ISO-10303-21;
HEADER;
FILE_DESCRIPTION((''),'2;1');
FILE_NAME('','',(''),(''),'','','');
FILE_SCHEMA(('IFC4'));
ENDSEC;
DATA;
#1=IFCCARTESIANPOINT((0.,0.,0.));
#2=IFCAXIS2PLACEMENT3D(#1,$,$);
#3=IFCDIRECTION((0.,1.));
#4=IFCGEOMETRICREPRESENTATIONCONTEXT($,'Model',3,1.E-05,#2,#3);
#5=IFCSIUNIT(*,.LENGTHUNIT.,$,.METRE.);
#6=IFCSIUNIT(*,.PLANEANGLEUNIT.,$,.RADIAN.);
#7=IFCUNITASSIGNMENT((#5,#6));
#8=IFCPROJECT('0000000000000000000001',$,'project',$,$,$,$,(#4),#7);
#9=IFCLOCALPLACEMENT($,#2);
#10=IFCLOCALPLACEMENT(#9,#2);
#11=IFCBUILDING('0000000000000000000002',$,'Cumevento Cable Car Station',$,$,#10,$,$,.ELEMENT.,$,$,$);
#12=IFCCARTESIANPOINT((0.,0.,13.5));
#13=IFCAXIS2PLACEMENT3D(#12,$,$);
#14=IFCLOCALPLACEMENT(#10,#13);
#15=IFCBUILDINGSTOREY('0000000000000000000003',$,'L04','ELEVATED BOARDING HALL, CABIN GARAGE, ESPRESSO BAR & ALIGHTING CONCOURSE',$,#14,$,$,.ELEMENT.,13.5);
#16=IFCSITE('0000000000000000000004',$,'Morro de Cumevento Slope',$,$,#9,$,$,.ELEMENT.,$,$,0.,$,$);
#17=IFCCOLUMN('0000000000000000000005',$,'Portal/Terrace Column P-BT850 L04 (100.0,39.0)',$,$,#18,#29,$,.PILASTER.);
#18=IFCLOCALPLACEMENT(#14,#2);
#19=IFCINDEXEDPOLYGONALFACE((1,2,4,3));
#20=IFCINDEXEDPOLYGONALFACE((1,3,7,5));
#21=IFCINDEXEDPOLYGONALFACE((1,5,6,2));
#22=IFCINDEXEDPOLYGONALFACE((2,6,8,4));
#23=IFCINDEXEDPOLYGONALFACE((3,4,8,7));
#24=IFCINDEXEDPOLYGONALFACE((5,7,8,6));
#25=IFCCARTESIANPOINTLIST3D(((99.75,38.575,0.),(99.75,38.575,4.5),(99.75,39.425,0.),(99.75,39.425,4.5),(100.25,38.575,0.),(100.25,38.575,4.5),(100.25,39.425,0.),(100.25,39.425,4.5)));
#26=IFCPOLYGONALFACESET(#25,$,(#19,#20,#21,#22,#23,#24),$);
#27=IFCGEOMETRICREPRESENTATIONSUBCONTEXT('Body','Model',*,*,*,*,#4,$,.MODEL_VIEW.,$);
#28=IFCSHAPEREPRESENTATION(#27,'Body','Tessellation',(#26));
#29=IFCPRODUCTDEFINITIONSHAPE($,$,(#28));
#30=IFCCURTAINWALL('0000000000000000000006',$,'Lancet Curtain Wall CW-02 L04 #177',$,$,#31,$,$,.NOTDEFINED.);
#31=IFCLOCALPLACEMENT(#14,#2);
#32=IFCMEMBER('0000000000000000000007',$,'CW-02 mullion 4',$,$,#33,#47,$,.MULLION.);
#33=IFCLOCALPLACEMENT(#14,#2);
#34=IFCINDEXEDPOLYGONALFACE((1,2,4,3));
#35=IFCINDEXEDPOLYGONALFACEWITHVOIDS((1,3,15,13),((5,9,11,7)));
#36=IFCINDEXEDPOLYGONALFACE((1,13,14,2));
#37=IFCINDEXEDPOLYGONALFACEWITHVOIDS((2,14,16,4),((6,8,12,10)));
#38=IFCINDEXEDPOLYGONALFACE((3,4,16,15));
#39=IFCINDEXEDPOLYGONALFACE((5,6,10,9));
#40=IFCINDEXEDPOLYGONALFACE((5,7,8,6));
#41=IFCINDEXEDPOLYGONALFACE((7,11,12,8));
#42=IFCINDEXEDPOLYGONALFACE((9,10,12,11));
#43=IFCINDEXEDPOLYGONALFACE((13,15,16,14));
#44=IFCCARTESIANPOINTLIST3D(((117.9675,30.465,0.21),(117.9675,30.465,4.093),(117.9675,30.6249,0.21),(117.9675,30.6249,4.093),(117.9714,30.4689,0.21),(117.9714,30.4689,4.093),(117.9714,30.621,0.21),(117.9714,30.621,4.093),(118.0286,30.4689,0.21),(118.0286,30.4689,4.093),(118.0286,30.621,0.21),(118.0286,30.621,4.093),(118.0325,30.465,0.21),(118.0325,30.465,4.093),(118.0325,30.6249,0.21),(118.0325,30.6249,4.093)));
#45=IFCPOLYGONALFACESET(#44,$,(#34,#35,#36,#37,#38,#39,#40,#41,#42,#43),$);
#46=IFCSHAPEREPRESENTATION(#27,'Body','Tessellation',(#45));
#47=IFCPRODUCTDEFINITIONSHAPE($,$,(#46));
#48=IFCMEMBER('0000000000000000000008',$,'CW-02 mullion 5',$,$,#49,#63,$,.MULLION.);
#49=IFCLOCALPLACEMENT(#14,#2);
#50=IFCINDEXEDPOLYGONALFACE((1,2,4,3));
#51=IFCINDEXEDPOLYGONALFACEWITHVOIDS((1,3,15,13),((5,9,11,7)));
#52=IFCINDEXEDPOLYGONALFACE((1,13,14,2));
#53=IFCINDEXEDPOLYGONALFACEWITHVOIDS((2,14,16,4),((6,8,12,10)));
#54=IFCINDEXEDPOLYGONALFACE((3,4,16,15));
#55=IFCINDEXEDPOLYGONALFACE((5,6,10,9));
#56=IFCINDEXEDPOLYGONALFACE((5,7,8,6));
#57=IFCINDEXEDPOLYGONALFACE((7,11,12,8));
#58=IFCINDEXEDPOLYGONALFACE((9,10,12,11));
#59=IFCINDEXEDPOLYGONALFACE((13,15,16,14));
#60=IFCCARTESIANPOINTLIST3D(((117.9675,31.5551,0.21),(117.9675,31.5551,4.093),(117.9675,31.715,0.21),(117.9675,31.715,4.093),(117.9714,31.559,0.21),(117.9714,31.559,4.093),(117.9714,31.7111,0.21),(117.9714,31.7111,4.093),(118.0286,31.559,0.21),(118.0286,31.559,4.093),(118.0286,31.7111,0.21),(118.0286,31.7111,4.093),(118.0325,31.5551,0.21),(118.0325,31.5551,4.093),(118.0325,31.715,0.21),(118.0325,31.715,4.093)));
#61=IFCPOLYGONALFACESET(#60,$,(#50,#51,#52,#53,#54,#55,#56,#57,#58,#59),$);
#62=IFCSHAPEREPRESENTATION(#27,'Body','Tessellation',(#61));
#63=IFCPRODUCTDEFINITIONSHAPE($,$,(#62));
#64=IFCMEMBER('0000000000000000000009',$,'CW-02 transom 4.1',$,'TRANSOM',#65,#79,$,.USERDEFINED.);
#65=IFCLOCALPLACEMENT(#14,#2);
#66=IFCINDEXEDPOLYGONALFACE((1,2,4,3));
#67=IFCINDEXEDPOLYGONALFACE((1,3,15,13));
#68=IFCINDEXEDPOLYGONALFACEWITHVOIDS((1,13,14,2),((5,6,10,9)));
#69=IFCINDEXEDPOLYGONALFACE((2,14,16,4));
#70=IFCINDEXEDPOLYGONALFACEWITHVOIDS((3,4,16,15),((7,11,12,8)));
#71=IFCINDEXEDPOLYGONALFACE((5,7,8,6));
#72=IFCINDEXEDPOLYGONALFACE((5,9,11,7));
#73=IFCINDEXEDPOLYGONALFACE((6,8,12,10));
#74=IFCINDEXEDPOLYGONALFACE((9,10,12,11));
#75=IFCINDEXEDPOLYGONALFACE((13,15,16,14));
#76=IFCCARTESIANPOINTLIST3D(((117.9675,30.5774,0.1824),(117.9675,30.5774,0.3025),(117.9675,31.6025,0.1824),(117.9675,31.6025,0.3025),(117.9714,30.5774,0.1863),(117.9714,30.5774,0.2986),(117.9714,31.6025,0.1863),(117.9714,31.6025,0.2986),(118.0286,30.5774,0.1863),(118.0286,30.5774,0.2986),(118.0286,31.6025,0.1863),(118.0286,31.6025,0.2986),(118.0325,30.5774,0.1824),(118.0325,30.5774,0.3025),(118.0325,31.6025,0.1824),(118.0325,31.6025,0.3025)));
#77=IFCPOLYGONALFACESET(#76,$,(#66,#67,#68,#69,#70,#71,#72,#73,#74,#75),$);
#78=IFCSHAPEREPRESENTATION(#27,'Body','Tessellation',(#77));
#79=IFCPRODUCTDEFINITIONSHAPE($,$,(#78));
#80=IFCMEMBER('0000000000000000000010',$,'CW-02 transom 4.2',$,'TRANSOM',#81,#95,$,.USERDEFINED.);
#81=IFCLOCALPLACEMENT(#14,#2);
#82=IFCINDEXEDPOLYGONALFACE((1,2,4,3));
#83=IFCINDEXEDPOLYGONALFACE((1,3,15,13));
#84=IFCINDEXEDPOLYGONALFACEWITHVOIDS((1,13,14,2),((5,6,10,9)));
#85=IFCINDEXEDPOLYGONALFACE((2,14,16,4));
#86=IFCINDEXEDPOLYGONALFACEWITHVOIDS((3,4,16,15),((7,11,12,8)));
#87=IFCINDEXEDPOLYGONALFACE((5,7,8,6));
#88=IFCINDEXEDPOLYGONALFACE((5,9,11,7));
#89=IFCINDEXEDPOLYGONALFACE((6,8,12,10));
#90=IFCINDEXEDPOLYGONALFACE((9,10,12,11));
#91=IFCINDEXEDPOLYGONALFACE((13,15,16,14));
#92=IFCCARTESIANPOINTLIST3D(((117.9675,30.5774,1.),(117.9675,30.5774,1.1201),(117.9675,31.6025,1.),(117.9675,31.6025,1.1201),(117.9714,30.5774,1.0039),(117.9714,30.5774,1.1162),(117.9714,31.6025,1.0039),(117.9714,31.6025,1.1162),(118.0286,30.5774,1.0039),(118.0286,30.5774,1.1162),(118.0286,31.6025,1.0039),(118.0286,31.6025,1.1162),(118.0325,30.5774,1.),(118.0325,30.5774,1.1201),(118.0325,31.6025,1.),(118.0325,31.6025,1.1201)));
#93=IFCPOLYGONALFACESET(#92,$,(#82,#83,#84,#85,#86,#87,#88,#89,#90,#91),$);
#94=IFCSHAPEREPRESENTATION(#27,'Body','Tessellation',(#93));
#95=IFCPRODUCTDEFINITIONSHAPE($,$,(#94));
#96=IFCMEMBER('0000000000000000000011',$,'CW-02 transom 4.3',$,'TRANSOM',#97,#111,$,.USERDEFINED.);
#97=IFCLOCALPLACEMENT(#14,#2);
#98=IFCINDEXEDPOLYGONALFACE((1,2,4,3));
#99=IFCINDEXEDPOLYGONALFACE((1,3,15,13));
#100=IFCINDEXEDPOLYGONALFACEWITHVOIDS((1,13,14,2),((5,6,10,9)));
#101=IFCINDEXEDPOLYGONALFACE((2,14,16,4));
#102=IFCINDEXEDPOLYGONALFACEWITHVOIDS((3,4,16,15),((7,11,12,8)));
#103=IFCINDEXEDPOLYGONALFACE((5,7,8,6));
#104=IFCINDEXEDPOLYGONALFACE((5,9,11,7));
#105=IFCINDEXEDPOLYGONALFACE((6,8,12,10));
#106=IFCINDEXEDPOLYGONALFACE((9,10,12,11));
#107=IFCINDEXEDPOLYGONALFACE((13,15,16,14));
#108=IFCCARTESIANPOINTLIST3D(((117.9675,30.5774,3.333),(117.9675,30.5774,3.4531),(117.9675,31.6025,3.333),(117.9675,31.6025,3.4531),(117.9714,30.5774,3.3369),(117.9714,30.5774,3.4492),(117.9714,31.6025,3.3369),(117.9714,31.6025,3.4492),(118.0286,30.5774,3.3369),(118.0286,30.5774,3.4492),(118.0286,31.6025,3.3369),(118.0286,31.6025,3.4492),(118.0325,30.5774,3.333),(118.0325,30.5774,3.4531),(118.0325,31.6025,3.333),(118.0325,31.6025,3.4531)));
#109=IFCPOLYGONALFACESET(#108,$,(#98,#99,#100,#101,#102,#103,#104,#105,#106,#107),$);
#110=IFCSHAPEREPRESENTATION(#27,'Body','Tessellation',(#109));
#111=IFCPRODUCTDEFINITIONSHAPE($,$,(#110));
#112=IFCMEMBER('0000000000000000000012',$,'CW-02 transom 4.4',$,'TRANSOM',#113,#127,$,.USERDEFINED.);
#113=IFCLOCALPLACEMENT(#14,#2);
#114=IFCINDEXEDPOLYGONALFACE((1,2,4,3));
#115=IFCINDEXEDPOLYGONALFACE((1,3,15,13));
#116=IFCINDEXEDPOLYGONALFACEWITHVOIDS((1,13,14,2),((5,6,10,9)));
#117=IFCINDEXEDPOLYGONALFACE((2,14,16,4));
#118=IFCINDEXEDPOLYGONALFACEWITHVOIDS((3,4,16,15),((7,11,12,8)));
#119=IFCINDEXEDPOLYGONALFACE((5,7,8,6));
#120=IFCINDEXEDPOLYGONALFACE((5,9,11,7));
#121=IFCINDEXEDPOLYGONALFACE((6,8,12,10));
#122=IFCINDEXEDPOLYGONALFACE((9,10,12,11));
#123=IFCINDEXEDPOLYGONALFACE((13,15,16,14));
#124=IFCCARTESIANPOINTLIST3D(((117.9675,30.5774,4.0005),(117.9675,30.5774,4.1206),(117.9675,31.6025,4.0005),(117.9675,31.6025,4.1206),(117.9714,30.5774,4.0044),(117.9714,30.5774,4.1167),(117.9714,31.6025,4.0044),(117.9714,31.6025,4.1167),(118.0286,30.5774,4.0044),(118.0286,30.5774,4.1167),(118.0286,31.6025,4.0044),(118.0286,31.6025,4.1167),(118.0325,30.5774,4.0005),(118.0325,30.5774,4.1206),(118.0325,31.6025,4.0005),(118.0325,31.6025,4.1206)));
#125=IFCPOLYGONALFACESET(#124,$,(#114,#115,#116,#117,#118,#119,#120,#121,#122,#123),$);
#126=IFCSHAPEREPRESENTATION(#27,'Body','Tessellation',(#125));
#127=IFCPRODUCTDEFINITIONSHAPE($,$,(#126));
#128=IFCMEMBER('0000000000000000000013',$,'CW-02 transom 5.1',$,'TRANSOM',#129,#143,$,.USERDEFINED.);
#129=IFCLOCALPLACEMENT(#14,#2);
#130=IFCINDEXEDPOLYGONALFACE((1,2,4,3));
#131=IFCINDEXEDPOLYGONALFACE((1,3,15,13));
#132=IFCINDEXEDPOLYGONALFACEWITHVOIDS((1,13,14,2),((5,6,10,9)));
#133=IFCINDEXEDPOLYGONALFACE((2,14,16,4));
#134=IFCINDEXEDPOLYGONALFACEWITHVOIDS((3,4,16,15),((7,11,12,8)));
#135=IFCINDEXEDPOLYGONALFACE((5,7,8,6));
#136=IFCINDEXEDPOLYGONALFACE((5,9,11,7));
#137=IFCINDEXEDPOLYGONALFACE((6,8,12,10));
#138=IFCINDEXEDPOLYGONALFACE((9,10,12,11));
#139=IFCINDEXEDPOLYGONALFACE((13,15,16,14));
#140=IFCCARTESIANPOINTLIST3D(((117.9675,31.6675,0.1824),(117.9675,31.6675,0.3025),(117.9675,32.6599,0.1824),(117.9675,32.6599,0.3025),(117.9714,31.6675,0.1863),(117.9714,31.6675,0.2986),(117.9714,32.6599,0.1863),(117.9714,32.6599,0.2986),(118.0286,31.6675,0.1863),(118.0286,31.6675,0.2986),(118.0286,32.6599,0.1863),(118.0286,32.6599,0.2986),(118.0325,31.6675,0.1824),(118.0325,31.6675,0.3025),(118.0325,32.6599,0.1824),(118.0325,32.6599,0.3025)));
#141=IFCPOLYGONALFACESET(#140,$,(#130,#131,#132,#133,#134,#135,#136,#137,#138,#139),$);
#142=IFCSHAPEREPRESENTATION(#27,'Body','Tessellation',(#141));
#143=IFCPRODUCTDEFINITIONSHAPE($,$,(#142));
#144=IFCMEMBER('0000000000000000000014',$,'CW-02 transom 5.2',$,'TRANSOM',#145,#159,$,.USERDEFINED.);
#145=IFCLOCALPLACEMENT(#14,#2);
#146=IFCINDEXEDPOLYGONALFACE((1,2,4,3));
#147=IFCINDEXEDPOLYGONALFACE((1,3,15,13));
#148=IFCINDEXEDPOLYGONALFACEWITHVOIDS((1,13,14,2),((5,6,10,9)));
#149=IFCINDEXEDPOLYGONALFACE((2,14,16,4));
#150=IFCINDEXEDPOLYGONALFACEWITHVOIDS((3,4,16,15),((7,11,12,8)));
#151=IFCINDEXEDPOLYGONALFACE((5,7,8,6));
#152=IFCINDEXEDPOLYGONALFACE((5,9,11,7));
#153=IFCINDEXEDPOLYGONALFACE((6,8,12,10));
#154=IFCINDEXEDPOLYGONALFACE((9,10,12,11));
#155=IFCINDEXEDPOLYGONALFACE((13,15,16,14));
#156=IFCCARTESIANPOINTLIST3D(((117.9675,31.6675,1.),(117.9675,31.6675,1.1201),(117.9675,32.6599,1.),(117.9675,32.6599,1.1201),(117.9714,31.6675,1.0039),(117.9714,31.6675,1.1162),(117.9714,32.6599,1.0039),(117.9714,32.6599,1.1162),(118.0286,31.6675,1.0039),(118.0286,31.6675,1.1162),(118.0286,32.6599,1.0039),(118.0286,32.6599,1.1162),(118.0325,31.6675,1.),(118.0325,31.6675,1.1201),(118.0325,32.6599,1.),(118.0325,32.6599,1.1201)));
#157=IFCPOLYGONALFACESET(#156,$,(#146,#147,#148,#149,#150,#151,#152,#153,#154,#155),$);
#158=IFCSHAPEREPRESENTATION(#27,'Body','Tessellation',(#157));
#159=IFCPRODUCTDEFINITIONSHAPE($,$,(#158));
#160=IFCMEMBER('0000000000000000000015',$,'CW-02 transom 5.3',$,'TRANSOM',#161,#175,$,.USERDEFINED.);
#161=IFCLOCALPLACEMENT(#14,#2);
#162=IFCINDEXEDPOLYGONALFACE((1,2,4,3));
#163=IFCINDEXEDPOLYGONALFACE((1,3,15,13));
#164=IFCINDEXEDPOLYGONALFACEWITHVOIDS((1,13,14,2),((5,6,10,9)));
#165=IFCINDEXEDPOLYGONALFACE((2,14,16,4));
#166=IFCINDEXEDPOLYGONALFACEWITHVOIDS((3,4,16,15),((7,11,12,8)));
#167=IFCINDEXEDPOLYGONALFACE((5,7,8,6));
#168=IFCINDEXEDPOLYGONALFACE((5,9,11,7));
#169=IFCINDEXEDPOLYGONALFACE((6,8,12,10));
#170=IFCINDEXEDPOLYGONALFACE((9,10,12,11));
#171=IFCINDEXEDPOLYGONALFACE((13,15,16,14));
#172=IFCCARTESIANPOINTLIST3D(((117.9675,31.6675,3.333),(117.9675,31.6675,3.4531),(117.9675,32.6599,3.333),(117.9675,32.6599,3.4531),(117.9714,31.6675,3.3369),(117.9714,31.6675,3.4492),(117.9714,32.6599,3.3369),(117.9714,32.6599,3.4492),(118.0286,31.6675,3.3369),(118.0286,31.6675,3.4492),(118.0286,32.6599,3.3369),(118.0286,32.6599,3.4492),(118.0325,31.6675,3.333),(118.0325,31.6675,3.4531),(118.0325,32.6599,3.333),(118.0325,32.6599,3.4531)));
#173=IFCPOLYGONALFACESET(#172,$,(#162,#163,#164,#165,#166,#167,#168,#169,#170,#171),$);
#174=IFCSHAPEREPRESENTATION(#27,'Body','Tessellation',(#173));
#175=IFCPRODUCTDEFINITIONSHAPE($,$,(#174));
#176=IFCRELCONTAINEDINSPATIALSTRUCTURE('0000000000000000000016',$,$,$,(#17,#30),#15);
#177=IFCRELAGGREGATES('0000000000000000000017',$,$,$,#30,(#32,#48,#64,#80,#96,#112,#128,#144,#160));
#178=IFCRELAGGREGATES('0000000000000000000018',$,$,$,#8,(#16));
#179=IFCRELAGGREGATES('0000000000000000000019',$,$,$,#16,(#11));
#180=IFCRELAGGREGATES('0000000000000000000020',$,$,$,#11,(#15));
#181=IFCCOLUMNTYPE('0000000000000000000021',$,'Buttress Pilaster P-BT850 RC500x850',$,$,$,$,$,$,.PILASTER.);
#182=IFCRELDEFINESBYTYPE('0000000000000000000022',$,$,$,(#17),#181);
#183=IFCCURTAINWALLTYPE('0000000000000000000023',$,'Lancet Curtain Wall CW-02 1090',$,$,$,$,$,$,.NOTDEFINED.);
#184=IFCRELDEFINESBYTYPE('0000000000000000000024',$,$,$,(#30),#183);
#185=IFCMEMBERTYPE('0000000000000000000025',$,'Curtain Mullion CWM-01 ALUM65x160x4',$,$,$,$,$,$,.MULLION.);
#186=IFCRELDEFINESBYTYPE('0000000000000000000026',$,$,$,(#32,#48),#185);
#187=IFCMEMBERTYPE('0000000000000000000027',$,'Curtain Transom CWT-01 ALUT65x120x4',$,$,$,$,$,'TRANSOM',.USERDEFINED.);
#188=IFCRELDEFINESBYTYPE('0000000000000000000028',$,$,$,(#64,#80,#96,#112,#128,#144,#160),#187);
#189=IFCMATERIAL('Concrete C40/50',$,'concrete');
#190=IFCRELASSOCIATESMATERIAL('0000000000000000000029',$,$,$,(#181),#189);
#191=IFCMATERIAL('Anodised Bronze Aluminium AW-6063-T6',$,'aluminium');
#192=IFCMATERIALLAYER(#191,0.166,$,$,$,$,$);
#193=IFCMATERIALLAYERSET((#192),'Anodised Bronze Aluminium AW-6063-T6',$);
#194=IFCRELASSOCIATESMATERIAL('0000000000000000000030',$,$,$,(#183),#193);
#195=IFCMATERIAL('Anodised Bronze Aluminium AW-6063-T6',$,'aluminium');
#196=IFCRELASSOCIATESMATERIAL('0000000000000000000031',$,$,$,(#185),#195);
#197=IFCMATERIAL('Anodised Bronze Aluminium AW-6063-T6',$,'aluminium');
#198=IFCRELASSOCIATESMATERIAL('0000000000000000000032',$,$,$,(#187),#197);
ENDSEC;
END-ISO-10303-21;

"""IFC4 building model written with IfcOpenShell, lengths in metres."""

from ifc_helpers import new_model, si_unit, direction, frame, origin, origin_2d, place, context, subcontext, project, spatial, rectangle, hollow_rectangle, extrude, material, layer, layer_set, material_profile, profile_set, type_object, element, aggregate, save


model = new_model("IFC4")

# Units and contexts
model_context = context("Model", 3, precision=1e-05, world=origin(), true_north=direction((0.0, 1.0)))
body_context = subcontext(model_context, "Body", "Model", "MODEL_VIEW")
ifc_project = project(units=[si_unit("LENGTHUNIT", "METRE"), si_unit("PLANEANGLEUNIT", "RADIAN")], contexts=[model_context])

# Site, building, storey
site_placement = place(None, origin())
site = spatial("IfcSite", under=ifc_project, at=site_placement, Name="Morro de Cumevento Slope", CompositionType="ELEMENT", RefElevation=0.0)
building_placement = place(site_placement, origin())
building = spatial("IfcBuilding", under=site, at=building_placement, Name="Cumevento Cable Car Station", CompositionType="ELEMENT")
storey_placement = place(building_placement, frame((0.0, 0.0, 13.5)))
storey = spatial("IfcBuildingStorey", under=building, at=storey_placement, Name="L04", Description="ELEVATED BOARDING HALL, CABIN GARAGE, ESPRESSO BAR & ALIGHTING CONCOURSE", CompositionType="ELEMENT", Elevation=13.5)

# Column
ifc_material_1 = material(Name="Concrete C40/50", Category="concrete")
ifc_material_profile_1 = material_profile(ifc_material_1, rectangle(XDim=0.5, YDim=0.8501, at=origin_2d()), Name="RC500x850")
ifc_profile_set_1 = profile_set([ifc_material_profile_1], Name="Concrete C40/50")
column_type = type_object("IfcColumnType", Name="Buttress Pilaster P-BT850 RC500x850", PredefinedType="PILASTER", material=ifc_profile_set_1)
column_placement = place(storey_placement, frame((100.0, 39.0, 0.0), z_axis=(0.0, 0.0, 1.0), x_axis=(1.0, 0.0, 0.0)))
element("IfcColumn", 1, at=column_placement, inside=storey, type_object=column_type, Name="Portal/Terrace Column P-BT850 L04 (100.0,39.0)", PredefinedType="PILASTER", context=body_context, shape_type="SweptSolid", body=[
    extrude(rectangle(XDim=0.5, YDim=0.8501, at=origin_2d()), origin(), (0.0, 0.0, 1.0), 4.5),
])

# Curtain wall, members
ifc_material_2 = material(Name="Anodised Bronze Aluminium AW-6063-T6", Category="aluminium")
ifc_layer_1 = layer(ifc_material_2, 0.166)
ifc_layer_set_1 = layer_set([ifc_layer_1], Name="Anodised Bronze Aluminium AW-6063-T6")
curtain_wall_type = type_object("IfcCurtainWallType", Name="Lancet Curtain Wall CW-02 1090", PredefinedType="NOTDEFINED", material=ifc_layer_set_1)
curtain_wall_placement = place(storey_placement, origin())
curtain_wall = element("IfcCurtainWall", 2, at=curtain_wall_placement, inside=storey, type_object=curtain_wall_type, Name="Lancet Curtain Wall CW-02 L04 #177", PredefinedType="NOTDEFINED")
ifc_material_3 = material(Name="Anodised Bronze Aluminium AW-6063-T6", Category="aluminium")
ifc_material_profile_2 = material_profile(ifc_material_3, hollow_rectangle(XDim=0.0649, YDim=0.1599, WallThickness=0.0039, at=origin_2d()), Name="ALUM65x160x4")
ifc_profile_set_2 = profile_set([ifc_material_profile_2], Name="Anodised Bronze Aluminium AW-6063-T6")
member_type_1 = type_object("IfcMemberType", Name="Curtain Mullion CWM-01 ALUM65x160x4", PredefinedType="MULLION", material=ifc_profile_set_2)
member_1_placement = place(storey_placement, frame((118.0, 30.5449, 0.21), z_axis=(0.0, 0.0, 1.0), x_axis=(-1.0, 0.0, 0.0)))
member_1 = element("IfcMember", 3, at=member_1_placement, type_object=member_type_1, Name="CW-02 mullion 4", PredefinedType="MULLION", context=body_context, shape_type="SweptSolid", body=[
    extrude(hollow_rectangle(XDim=0.0649, YDim=0.1599, WallThickness=0.0039, at=origin_2d()), origin(), (0.0, 0.0, 1.0), 3.8831),
])
member_2_placement = place(storey_placement, frame((118.0, 31.635, 0.21), z_axis=(0.0, 0.0, 1.0), x_axis=(-1.0, 0.0, 0.0)))
member_2 = element("IfcMember", 4, at=member_2_placement, type_object=member_type_1, Name="CW-02 mullion 5", PredefinedType="MULLION", context=body_context, shape_type="SweptSolid", body=[
    extrude(hollow_rectangle(XDim=0.0649, YDim=0.1599, WallThickness=0.0039, at=origin_2d()), origin(), (0.0, 0.0, 1.0), 3.8831),
])
ifc_material_4 = material(Name="Anodised Bronze Aluminium AW-6063-T6", Category="aluminium")
ifc_material_profile_3 = material_profile(ifc_material_4, hollow_rectangle(XDim=0.0649, YDim=0.1201, WallThickness=0.0039, at=origin_2d()), Name="ALUT65x120x4")
ifc_profile_set_3 = profile_set([ifc_material_profile_3], Name="Anodised Bronze Aluminium AW-6063-T6")
member_type_2 = type_object("IfcMemberType", Name="Curtain Transom CWT-01 ALUT65x120x4", ElementType="TRANSOM", PredefinedType="USERDEFINED", material=ifc_profile_set_3)
member_3_placement = place(storey_placement, frame((118.0, 30.5774, 0.2424), z_axis=(0.0, 1.0, 0.0), x_axis=(-1.0, 0.0, 0.0)))
member_3 = element("IfcMember", 5, at=member_3_placement, type_object=member_type_2, Name="CW-02 transom 4.1", ObjectType="TRANSOM", PredefinedType="USERDEFINED", context=body_context, shape_type="SweptSolid", body=[
    extrude(hollow_rectangle(XDim=0.0649, YDim=0.1201, WallThickness=0.0039, at=origin_2d()), origin(), (0.0, 0.0, 1.0), 1.0251),
])
member_4_placement = place(storey_placement, frame((118.0, 30.5774, 1.0601), z_axis=(0.0, 1.0, 0.0), x_axis=(-1.0, 0.0, 0.0)))
member_4 = element("IfcMember", 6, at=member_4_placement, type_object=member_type_2, Name="CW-02 transom 4.2", ObjectType="TRANSOM", PredefinedType="USERDEFINED", context=body_context, shape_type="SweptSolid", body=[
    extrude(hollow_rectangle(XDim=0.0649, YDim=0.1201, WallThickness=0.0039, at=origin_2d()), origin(), (0.0, 0.0, 1.0), 1.0251),
])
member_5_placement = place(storey_placement, frame((118.0, 30.5774, 3.3931), z_axis=(0.0, 1.0, 0.0), x_axis=(-1.0, 0.0, 0.0)))
member_5 = element("IfcMember", 7, at=member_5_placement, type_object=member_type_2, Name="CW-02 transom 4.3", ObjectType="TRANSOM", PredefinedType="USERDEFINED", context=body_context, shape_type="SweptSolid", body=[
    extrude(hollow_rectangle(XDim=0.0649, YDim=0.1201, WallThickness=0.0039, at=origin_2d()), origin(), (0.0, 0.0, 1.0), 1.0251),
])
member_6_placement = place(storey_placement, frame((118.0, 30.5774, 4.0605), z_axis=(0.0, 1.0, 0.0), x_axis=(-1.0, 0.0, 0.0)))
member_6 = element("IfcMember", 8, at=member_6_placement, type_object=member_type_2, Name="CW-02 transom 4.4", ObjectType="TRANSOM", PredefinedType="USERDEFINED", context=body_context, shape_type="SweptSolid", body=[
    extrude(hollow_rectangle(XDim=0.0649, YDim=0.1201, WallThickness=0.0039, at=origin_2d()), origin(), (0.0, 0.0, 1.0), 1.0251),
])
member_7_placement = place(storey_placement, frame((118.0, 31.6675, 0.2424), z_axis=(0.0, 1.0, 0.0), x_axis=(-1.0, 0.0, 0.0)))
member_7 = element("IfcMember", 9, at=member_7_placement, type_object=member_type_2, Name="CW-02 transom 5.1", ObjectType="TRANSOM", PredefinedType="USERDEFINED", context=body_context, shape_type="SweptSolid", body=[
    extrude(hollow_rectangle(XDim=0.0649, YDim=0.1201, WallThickness=0.0039, at=origin_2d()), origin(), (0.0, 0.0, 1.0), 0.9924),
])
member_8_placement = place(storey_placement, frame((118.0, 31.6675, 1.0601), z_axis=(0.0, 1.0, 0.0), x_axis=(-1.0, 0.0, 0.0)))
member_8 = element("IfcMember", 10, at=member_8_placement, type_object=member_type_2, Name="CW-02 transom 5.2", ObjectType="TRANSOM", PredefinedType="USERDEFINED", context=body_context, shape_type="SweptSolid", body=[
    extrude(hollow_rectangle(XDim=0.0649, YDim=0.1201, WallThickness=0.0039, at=origin_2d()), origin(), (0.0, 0.0, 1.0), 0.9924),
])
member_9_placement = place(storey_placement, frame((118.0, 31.6675, 3.3931), z_axis=(0.0, 1.0, 0.0), x_axis=(-1.0, 0.0, 0.0)))
member_9 = element("IfcMember", 11, at=member_9_placement, type_object=member_type_2, Name="CW-02 transom 5.3", ObjectType="TRANSOM", PredefinedType="USERDEFINED", context=body_context, shape_type="SweptSolid", body=[
    extrude(hollow_rectangle(XDim=0.0649, YDim=0.1201, WallThickness=0.0039, at=origin_2d()), origin(), (0.0, 0.0, 1.0), 0.9924),
])

aggregate(curtain_wall, [member_1, member_2, member_3, member_4, member_5, member_6, member_7, member_8, member_9])

save(model, "model.ifc")
